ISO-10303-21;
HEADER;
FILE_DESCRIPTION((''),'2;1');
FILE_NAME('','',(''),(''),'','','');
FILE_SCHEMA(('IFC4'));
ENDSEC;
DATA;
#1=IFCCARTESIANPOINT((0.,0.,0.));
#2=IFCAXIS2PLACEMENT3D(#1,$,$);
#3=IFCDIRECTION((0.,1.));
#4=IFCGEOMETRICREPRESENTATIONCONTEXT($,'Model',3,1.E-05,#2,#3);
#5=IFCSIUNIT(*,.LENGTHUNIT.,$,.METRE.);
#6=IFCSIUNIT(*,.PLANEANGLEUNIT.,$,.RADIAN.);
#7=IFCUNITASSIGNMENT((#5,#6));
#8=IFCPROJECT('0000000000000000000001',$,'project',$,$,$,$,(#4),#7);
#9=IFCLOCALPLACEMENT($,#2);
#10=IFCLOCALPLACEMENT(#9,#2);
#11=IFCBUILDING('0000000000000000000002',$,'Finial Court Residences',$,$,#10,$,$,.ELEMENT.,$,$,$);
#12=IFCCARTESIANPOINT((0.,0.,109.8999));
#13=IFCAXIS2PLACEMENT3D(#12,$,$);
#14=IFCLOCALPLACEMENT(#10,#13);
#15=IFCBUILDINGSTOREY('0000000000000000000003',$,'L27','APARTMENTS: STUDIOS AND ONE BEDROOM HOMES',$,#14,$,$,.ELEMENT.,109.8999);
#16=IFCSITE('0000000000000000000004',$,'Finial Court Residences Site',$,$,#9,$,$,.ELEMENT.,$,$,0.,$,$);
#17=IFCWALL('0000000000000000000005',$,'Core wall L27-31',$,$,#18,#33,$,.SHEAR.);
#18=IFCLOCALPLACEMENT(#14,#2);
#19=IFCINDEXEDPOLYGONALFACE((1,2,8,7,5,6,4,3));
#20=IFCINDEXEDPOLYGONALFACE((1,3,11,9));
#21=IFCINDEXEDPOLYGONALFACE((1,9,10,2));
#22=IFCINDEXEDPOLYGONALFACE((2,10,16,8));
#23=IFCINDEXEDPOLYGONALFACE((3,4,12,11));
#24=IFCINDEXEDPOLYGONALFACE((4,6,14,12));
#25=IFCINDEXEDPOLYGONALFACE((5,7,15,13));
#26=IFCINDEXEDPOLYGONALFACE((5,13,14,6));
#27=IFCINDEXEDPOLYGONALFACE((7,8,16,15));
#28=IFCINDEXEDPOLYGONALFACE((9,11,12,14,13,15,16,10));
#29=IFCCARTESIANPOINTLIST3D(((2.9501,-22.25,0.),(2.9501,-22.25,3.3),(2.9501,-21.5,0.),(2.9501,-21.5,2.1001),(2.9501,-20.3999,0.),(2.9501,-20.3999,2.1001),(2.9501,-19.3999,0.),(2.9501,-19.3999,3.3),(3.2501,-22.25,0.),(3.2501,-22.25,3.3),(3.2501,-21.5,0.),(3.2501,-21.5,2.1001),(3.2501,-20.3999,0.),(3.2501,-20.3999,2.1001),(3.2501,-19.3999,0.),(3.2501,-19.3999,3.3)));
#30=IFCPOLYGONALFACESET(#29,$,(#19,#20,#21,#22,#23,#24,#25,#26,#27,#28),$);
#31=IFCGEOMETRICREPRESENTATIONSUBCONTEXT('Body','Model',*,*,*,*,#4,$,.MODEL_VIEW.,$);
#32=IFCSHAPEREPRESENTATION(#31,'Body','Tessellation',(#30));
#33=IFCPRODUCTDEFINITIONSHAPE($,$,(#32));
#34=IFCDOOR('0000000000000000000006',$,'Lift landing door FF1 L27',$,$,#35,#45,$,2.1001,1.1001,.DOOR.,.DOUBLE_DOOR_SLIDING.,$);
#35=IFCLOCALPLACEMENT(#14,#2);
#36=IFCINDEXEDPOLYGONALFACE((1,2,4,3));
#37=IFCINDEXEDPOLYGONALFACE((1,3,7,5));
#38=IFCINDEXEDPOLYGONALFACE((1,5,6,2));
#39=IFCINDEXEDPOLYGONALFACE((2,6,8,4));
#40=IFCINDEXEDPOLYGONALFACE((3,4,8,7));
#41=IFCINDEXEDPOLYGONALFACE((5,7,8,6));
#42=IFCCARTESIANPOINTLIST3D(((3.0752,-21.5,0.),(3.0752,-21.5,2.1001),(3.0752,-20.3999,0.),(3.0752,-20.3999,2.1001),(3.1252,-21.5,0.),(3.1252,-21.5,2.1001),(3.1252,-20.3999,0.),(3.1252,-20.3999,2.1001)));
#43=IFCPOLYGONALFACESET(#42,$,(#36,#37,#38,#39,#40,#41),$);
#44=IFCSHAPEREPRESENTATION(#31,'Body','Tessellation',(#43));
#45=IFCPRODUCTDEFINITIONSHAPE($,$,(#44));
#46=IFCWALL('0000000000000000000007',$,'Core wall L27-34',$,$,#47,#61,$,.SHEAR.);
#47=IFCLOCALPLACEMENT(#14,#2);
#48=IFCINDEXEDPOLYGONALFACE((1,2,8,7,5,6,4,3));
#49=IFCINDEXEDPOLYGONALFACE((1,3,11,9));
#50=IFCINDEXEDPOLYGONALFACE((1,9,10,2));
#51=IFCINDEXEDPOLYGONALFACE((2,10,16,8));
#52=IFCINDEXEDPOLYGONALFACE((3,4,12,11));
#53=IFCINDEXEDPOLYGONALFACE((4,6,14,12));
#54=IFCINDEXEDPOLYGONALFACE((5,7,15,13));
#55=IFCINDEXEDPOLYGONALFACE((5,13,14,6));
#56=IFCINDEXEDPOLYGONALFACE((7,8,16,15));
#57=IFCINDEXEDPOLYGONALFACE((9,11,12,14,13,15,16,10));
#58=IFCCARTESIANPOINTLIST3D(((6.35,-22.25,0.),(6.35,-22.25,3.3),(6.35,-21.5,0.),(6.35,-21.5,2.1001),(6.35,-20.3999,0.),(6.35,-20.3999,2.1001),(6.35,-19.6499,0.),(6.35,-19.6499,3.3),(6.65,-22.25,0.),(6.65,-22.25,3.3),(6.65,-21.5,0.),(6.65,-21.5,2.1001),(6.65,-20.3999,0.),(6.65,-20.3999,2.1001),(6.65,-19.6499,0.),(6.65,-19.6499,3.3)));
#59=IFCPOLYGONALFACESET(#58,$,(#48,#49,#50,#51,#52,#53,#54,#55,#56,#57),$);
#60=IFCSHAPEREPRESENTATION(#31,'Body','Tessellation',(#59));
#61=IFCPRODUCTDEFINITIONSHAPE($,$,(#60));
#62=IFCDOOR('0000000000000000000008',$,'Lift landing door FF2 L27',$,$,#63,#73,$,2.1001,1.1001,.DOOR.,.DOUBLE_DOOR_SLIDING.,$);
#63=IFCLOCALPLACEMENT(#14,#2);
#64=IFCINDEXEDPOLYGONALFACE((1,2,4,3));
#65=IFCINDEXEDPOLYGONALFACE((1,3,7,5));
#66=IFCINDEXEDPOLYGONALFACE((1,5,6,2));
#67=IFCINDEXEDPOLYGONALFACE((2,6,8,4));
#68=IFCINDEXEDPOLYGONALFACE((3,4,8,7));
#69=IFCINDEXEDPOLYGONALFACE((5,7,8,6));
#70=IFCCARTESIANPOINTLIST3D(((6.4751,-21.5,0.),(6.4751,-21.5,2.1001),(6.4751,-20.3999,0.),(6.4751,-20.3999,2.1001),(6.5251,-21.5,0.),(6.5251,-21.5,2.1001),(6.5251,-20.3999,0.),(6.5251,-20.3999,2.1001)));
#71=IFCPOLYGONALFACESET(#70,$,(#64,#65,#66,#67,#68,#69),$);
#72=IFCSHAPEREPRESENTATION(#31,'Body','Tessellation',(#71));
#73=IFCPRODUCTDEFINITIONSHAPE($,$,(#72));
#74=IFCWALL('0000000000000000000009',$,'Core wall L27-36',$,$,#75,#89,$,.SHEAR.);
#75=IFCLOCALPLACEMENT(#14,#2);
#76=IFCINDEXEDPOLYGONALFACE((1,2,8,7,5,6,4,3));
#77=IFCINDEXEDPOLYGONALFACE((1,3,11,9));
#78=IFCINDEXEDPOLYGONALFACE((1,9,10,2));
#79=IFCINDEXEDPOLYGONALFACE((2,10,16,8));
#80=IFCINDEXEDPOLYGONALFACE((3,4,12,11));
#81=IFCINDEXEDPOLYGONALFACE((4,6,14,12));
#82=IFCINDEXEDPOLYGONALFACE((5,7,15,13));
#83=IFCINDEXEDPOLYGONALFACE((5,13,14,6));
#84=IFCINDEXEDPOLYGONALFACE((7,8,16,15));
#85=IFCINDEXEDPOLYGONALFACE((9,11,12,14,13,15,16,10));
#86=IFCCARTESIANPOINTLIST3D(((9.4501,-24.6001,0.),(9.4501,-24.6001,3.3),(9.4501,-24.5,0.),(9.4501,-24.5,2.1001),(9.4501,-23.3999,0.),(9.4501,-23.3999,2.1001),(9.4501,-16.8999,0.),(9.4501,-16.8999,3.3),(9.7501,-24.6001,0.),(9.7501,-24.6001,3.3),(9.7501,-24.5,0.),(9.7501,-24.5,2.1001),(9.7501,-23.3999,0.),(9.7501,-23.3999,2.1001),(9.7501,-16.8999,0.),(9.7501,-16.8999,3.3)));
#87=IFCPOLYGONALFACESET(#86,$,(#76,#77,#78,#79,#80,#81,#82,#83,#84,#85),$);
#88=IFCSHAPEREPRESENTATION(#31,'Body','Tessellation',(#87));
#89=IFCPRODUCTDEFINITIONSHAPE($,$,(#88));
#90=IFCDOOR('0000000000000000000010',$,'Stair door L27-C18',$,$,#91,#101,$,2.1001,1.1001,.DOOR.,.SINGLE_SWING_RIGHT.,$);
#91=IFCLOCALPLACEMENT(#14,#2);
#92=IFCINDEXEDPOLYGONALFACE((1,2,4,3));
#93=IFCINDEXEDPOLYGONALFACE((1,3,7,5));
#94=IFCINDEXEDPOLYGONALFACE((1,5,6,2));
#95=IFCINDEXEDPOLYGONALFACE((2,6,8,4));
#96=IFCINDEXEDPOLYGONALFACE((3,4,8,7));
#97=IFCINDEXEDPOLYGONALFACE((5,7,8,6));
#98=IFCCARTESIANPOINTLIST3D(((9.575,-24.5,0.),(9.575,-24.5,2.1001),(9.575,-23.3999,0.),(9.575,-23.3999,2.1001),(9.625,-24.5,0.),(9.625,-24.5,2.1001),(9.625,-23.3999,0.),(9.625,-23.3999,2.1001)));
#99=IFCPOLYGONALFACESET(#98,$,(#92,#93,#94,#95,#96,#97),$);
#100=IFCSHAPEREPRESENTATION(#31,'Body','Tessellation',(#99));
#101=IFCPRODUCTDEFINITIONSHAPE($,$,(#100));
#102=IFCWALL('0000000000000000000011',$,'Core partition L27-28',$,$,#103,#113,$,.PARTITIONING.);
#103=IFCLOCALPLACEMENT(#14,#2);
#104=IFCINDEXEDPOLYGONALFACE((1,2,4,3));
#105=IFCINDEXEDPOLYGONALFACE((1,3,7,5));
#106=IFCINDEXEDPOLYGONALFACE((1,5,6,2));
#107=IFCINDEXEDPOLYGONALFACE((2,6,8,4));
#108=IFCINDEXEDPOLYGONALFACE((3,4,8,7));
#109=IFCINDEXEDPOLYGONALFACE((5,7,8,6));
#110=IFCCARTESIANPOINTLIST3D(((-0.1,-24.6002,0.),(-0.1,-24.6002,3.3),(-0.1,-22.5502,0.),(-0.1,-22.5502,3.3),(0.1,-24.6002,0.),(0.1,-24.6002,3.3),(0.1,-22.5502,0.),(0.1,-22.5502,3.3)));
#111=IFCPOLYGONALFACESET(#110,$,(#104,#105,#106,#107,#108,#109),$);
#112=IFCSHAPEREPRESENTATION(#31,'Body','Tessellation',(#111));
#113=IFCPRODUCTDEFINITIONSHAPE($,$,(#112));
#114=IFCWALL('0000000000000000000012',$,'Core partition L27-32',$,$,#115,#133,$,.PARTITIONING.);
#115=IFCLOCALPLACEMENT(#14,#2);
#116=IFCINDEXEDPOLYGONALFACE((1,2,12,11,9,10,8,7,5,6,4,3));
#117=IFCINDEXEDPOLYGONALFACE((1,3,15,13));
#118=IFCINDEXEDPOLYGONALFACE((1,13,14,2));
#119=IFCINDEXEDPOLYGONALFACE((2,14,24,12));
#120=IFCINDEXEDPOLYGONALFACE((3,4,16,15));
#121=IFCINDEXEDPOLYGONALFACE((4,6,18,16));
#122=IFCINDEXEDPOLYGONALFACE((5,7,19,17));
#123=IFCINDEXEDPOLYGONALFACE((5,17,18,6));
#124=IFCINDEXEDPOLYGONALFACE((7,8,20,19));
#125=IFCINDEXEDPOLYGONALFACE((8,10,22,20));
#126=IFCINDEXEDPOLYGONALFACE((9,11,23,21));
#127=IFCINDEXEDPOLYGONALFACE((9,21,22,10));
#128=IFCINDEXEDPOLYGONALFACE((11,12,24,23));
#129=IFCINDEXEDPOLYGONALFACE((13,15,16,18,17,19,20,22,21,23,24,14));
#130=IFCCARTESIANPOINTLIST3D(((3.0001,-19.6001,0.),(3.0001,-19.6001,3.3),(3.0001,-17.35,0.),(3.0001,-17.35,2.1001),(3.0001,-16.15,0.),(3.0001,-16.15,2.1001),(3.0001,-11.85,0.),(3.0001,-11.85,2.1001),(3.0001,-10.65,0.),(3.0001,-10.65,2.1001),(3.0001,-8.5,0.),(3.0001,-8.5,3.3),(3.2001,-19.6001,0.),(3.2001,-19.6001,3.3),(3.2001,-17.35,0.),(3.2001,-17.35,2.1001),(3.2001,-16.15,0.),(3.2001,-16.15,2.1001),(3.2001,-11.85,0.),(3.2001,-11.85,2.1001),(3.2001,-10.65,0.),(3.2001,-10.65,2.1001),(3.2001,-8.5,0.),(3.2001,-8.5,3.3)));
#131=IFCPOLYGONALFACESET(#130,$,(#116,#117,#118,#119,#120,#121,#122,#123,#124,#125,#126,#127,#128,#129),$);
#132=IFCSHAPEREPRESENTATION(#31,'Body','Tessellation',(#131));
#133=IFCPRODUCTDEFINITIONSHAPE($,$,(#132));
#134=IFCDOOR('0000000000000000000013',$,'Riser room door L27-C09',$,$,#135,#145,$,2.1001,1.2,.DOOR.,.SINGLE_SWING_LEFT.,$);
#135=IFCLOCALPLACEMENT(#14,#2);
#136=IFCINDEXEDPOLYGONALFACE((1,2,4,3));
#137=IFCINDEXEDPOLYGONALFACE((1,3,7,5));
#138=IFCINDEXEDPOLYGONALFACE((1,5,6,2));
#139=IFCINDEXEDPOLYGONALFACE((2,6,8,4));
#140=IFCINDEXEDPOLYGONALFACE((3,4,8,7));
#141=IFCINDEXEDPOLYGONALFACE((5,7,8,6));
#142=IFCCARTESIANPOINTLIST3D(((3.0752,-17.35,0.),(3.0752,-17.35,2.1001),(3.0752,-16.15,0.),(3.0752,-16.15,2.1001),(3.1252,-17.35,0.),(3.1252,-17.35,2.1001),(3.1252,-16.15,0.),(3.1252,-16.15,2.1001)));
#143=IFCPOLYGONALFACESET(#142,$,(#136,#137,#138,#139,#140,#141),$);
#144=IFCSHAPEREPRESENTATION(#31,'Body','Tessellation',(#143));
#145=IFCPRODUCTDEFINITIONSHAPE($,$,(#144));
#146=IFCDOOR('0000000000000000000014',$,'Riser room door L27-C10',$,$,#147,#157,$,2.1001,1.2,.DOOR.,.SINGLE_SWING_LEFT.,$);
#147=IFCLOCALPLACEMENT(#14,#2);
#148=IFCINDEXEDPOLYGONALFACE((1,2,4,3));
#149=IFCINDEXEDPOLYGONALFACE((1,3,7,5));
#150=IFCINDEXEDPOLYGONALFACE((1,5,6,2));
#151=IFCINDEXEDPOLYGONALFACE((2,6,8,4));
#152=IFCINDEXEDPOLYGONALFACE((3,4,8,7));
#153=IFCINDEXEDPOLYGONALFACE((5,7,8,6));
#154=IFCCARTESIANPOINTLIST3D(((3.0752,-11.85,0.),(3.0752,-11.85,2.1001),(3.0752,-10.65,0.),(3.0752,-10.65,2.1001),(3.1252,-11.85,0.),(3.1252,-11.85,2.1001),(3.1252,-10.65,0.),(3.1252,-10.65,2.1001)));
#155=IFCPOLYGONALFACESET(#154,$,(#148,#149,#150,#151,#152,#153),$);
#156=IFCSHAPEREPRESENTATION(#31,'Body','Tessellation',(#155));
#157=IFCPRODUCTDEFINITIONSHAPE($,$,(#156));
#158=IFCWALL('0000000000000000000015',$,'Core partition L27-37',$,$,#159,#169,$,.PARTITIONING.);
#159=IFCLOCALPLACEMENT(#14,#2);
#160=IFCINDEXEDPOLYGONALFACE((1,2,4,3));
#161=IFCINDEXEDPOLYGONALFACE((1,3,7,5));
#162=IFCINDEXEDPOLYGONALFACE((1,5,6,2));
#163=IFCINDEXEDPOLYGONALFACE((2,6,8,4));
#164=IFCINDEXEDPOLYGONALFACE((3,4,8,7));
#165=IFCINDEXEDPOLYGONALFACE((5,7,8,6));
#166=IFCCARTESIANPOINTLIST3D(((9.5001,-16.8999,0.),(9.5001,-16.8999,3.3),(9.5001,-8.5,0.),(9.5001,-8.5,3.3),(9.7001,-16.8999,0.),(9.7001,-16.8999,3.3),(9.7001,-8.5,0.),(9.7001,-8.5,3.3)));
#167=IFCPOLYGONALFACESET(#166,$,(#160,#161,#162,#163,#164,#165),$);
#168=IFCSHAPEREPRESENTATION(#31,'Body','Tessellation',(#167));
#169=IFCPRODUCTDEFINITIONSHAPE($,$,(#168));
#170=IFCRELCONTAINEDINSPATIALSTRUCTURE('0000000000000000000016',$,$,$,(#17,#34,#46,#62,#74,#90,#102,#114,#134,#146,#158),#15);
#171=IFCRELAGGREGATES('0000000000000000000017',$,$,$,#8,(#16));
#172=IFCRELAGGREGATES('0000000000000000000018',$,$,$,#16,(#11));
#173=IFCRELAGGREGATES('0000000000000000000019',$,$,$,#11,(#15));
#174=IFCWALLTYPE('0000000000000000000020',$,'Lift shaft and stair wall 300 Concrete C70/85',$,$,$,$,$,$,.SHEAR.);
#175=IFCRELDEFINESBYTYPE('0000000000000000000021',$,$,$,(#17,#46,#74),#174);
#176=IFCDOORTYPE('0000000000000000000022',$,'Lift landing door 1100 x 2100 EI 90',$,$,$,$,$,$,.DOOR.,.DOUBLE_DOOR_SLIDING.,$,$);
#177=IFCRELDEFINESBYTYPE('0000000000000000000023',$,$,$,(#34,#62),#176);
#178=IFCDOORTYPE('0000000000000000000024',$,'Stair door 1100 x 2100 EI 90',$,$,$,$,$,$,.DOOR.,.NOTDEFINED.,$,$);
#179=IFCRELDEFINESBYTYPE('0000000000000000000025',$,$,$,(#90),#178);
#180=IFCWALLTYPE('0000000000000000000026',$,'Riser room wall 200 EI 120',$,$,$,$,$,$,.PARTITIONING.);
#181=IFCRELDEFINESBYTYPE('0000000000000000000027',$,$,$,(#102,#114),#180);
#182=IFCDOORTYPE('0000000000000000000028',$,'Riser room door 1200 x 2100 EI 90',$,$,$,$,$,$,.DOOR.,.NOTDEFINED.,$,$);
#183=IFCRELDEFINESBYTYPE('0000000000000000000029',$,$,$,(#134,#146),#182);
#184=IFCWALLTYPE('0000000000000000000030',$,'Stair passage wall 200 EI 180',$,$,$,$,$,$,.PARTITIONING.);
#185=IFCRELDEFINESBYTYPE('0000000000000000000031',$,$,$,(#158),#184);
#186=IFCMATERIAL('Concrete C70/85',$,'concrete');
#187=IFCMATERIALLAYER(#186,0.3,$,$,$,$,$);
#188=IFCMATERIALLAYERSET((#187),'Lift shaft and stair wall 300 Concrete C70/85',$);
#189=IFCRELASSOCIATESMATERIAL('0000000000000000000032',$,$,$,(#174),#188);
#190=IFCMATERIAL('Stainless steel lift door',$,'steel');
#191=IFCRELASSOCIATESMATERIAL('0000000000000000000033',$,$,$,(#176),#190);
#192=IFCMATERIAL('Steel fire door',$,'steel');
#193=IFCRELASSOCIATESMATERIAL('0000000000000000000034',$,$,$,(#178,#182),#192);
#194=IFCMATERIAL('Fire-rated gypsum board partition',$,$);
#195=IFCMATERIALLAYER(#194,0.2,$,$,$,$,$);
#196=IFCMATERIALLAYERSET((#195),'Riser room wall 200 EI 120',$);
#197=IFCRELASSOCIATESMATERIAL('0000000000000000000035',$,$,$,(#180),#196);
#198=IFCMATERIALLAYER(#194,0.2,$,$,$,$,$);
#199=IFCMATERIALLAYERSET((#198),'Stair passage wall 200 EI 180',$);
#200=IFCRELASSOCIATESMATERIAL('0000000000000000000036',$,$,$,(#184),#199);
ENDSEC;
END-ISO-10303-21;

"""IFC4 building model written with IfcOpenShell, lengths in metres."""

from ifc_helpers import new_model, si_unit, direction, frame, frame_2d, origin, place, context, subcontext, project, spatial, rectangle, extrude, material, layer, layer_set, type_object, element, fill, save


model = new_model("IFC4")

# Units and contexts
model_context = context("Model", 3, precision=1e-05, world=origin(), true_north=direction((0.0, 1.0)))
body_context = subcontext(model_context, "Body", "Model", "MODEL_VIEW")
ifc_project = project(units=[si_unit("LENGTHUNIT", "METRE"), si_unit("PLANEANGLEUNIT", "RADIAN")], contexts=[model_context])

# Site, building, storey
site_placement = place(None, origin())
site = spatial("IfcSite", under=ifc_project, at=site_placement, Name="Finial Court Residences Site", CompositionType="ELEMENT", RefElevation=0.0)
building_placement = place(site_placement, origin())
building = spatial("IfcBuilding", under=site, at=building_placement, Name="Finial Court Residences", CompositionType="ELEMENT")
storey_placement = place(building_placement, frame((0.0, 0.0, 109.8999)))
storey = spatial("IfcBuildingStorey", under=building, at=storey_placement, Name="L27", Description="APARTMENTS: STUDIOS AND ONE BEDROOM HOMES", CompositionType="ELEMENT", Elevation=109.8999)

# Shared definitions
ifc_material_1 = material(Name="Concrete C70/85", Category="concrete")

# Shared definitions
ifc_material_2 = material(Name="Fire-rated gypsum board partition")
ifc_material_3 = material(Name="Steel fire door", Category="steel")

# Shared definitions
ifc_layer_1 = layer(ifc_material_1, 0.3)
ifc_layer_set_1 = layer_set([ifc_layer_1], Name="Lift shaft and stair wall 300 Concrete C70/85")
wall_type_1 = type_object("IfcWallType", Name="Lift shaft and stair wall 300 Concrete C70/85", PredefinedType="SHEAR", material=ifc_layer_set_1)

# Walls, openings, doors
wall_1_placement = place(storey_placement, frame((3.1001, -22.25, 0.0), z_axis=(0.0, 0.0, 1.0), x_axis=(0.0, 1.0, 0.0)))
wall_1 = element("IfcWall", 1, at=wall_1_placement, inside=storey, type_object=wall_type_1, Name="Core wall L27-31", PredefinedType="SHEAR", context=body_context, shape_type="SweptSolid", body=[
    extrude(rectangle(XDim=2.8501, YDim=0.3, at=frame_2d((1.425, 0.0))), origin(), (0.0, 0.0, 1.0), 3.3),
])
opening_1_placement = place(wall_1_placement, frame((0.75, 0.0, 0.0)))
opening_1 = element("IfcOpeningElement", 2, at=opening_1_placement, cuts=wall_1, PredefinedType="OPENING", context=body_context, shape_type="SweptSolid", body=[
    extrude(rectangle(XDim=1.1001, YDim=2.1001, at=frame_2d((0.55, 1.05))), frame((0.0, 0.1599, 0.0), z_axis=(0.0, -1.0, 0.0), x_axis=(1.0, 0.0, 0.0)), (0.0, 0.0, 1.0), 0.3201),
])
ifc_material_4 = material(Name="Stainless steel lift door", Category="steel")
door_type_1 = type_object("IfcDoorType", Name="Lift landing door 1100 x 2100 EI 90", OperationType="DOUBLE_DOOR_SLIDING", PredefinedType="DOOR", material=ifc_material_4)
door_1_placement = place(opening_1_placement, origin())
door_1 = element("IfcDoor", 3, at=door_1_placement, inside=storey, type_object=door_type_1, Name="Lift landing door FF1 L27", OperationType="DOUBLE_DOOR_SLIDING", OverallHeight=2.1001, OverallWidth=1.1001, PredefinedType="DOOR", context=body_context, shape_type="SweptSolid", body=[
    extrude(rectangle(XDim=1.1001, YDim=2.1001, at=frame_2d((0.55, 1.05))), frame((0.0, 0.0249, 0.0), z_axis=(0.0, -1.0, 0.0), x_axis=(1.0, 0.0, 0.0)), (0.0, 0.0, 1.0), 0.05),
])
fill(opening_1, door_1)
wall_2_placement = place(storey_placement, frame((6.5, -22.25, 0.0), z_axis=(0.0, 0.0, 1.0), x_axis=(0.0, 1.0, 0.0)))
wall_2 = element("IfcWall", 4, at=wall_2_placement, inside=storey, type_object=wall_type_1, Name="Core wall L27-34", PredefinedType="SHEAR", context=body_context, shape_type="SweptSolid", body=[
    extrude(rectangle(XDim=2.6001, YDim=0.3, at=frame_2d((1.3, 0.0))), origin(), (0.0, 0.0, 1.0), 3.3),
])
opening_2_placement = place(wall_2_placement, frame((0.75, 0.0, 0.0)))
opening_2 = element("IfcOpeningElement", 5, at=opening_2_placement, cuts=wall_2, PredefinedType="OPENING", context=body_context, shape_type="SweptSolid", body=[
    extrude(rectangle(XDim=1.1001, YDim=2.1001, at=frame_2d((0.55, 1.05))), frame((0.0, 0.1599, 0.0), z_axis=(0.0, -1.0, 0.0), x_axis=(1.0, 0.0, 0.0)), (0.0, 0.0, 1.0), 0.3201),
])
door_2_placement = place(opening_2_placement, origin())
door_2 = element("IfcDoor", 6, at=door_2_placement, inside=storey, type_object=door_type_1, Name="Lift landing door FF2 L27", OperationType="DOUBLE_DOOR_SLIDING", OverallHeight=2.1001, OverallWidth=1.1001, PredefinedType="DOOR", context=body_context, shape_type="SweptSolid", body=[
    extrude(rectangle(XDim=1.1001, YDim=2.1001, at=frame_2d((0.55, 1.05))), frame((0.0, 0.0249, 0.0), z_axis=(0.0, -1.0, 0.0), x_axis=(1.0, 0.0, 0.0)), (0.0, 0.0, 1.0), 0.05),
])
fill(opening_2, door_2)
wall_3_placement = place(storey_placement, frame((9.6001, -16.8999, 0.0), z_axis=(0.0, 0.0, 1.0), x_axis=(0.0, -1.0, 0.0)))
wall_3 = element("IfcWall", 7, at=wall_3_placement, inside=storey, type_object=wall_type_1, Name="Core wall L27-36", PredefinedType="SHEAR", context=body_context, shape_type="SweptSolid", body=[
    extrude(rectangle(XDim=7.7002, YDim=0.3, at=frame_2d((3.8501, 0.0))), origin(), (0.0, 0.0, 1.0), 3.3),
])
opening_3_placement = place(wall_3_placement, frame((6.5, 0.0, 0.0)))
opening_3 = element("IfcOpeningElement", 8, at=opening_3_placement, cuts=wall_3, PredefinedType="OPENING", context=body_context, shape_type="SweptSolid", body=[
    extrude(rectangle(XDim=1.1001, YDim=2.1001, at=frame_2d((0.55, 1.05))), frame((0.0, 0.1599, 0.0), z_axis=(0.0, -1.0, 0.0), x_axis=(1.0, 0.0, 0.0)), (0.0, 0.0, 1.0), 0.3201),
])
door_type_2 = type_object("IfcDoorType", Name="Stair door 1100 x 2100 EI 90", OperationType="NOTDEFINED", PredefinedType="DOOR", material=ifc_material_3)
door_3_placement = place(opening_3_placement, origin())
door_3 = element("IfcDoor", 9, at=door_3_placement, inside=storey, type_object=door_type_2, Name="Stair door L27-C18", OperationType="SINGLE_SWING_RIGHT", OverallHeight=2.1001, OverallWidth=1.1001, PredefinedType="DOOR", context=body_context, shape_type="SweptSolid", body=[
    extrude(rectangle(XDim=1.1001, YDim=2.1001, at=frame_2d((0.55, 1.05))), frame((0.0, 0.0249, 0.0), z_axis=(0.0, -1.0, 0.0), x_axis=(1.0, 0.0, 0.0)), (0.0, 0.0, 1.0), 0.05),
])
fill(opening_3, door_3)

# Wall
ifc_layer_2 = layer(ifc_material_2, 0.2)
ifc_layer_set_2 = layer_set([ifc_layer_2], Name="Riser room wall 200 EI 120")
wall_type_2 = type_object("IfcWallType", Name="Riser room wall 200 EI 120", PredefinedType="PARTITIONING", material=ifc_layer_set_2)
wall_4_placement = place(storey_placement, frame((0.0, -24.6001, 0.0), z_axis=(0.0, 0.0, 1.0), x_axis=(0.0, 1.0, 0.0)))
element("IfcWall", 10, at=wall_4_placement, inside=storey, type_object=wall_type_2, Name="Core partition L27-28", PredefinedType="PARTITIONING", context=body_context, shape_type="SweptSolid", body=[
    extrude(rectangle(XDim=2.05, YDim=0.2, at=frame_2d((1.0249, 0.0))), origin(), (0.0, 0.0, 1.0), 3.3),
])

# Wall, openings, doors
wall_5_placement = place(storey_placement, frame((3.1001, -19.6001, 0.0), z_axis=(0.0, 0.0, 1.0), x_axis=(0.0, 1.0, 0.0)))
wall_5 = element("IfcWall", 11, at=wall_5_placement, inside=storey, type_object=wall_type_2, Name="Core partition L27-32", PredefinedType="PARTITIONING", context=body_context, shape_type="SweptSolid", body=[
    extrude(rectangle(XDim=11.1001, YDim=0.2, at=frame_2d((5.55, 0.0))), origin(), (0.0, 0.0, 1.0), 3.3),
])
opening_4_placement = place(wall_5_placement, frame((2.25, 0.0, 0.0)))
opening_4 = element("IfcOpeningElement", 12, at=opening_4_placement, cuts=wall_5, PredefinedType="OPENING", context=body_context, shape_type="SweptSolid", body=[
    extrude(rectangle(XDim=1.2, YDim=2.1001, at=frame_2d((0.6001, 1.05))), frame((0.0, 0.1099, 0.0), z_axis=(0.0, -1.0, 0.0), x_axis=(1.0, 0.0, 0.0)), (0.0, 0.0, 1.0), 0.22),
])
opening_5_placement = place(wall_5_placement, frame((7.75, 0.0, 0.0)))
opening_5 = element("IfcOpeningElement", 13, at=opening_5_placement, cuts=wall_5, PredefinedType="OPENING", context=body_context, shape_type="SweptSolid", body=[
    extrude(rectangle(XDim=1.2, YDim=2.1001, at=frame_2d((0.6001, 1.05))), frame((0.0, 0.1099, 0.0), z_axis=(0.0, -1.0, 0.0), x_axis=(1.0, 0.0, 0.0)), (0.0, 0.0, 1.0), 0.22),
])
door_type_3 = type_object("IfcDoorType", Name="Riser room door 1200 x 2100 EI 90", OperationType="NOTDEFINED", PredefinedType="DOOR", material=ifc_material_3)
door_4_placement = place(opening_4_placement, origin())
door_4 = element("IfcDoor", 14, at=door_4_placement, inside=storey, type_object=door_type_3, Name="Riser room door L27-C09", OperationType="SINGLE_SWING_LEFT", OverallHeight=2.1001, OverallWidth=1.2, PredefinedType="DOOR", context=body_context, shape_type="SweptSolid", body=[
    extrude(rectangle(XDim=1.2, YDim=2.1001, at=frame_2d((0.6001, 1.05))), frame((0.0, 0.0249, 0.0), z_axis=(0.0, -1.0, 0.0), x_axis=(1.0, 0.0, 0.0)), (0.0, 0.0, 1.0), 0.05),
])
fill(opening_4, door_4)
door_5_placement = place(opening_5_placement, origin())
door_5 = element("IfcDoor", 15, at=door_5_placement, inside=storey, type_object=door_type_3, Name="Riser room door L27-C10", OperationType="SINGLE_SWING_LEFT", OverallHeight=2.1001, OverallWidth=1.2, PredefinedType="DOOR", context=body_context, shape_type="SweptSolid", body=[
    extrude(rectangle(XDim=1.2, YDim=2.1001, at=frame_2d((0.6001, 1.05))), frame((0.0, 0.0249, 0.0), z_axis=(0.0, -1.0, 0.0), x_axis=(1.0, 0.0, 0.0)), (0.0, 0.0, 1.0), 0.05),
])
fill(opening_5, door_5)

# Wall
ifc_layer_3 = layer(ifc_material_2, 0.2)
ifc_layer_set_3 = layer_set([ifc_layer_3], Name="Stair passage wall 200 EI 180")
wall_type_3 = type_object("IfcWallType", Name="Stair passage wall 200 EI 180", PredefinedType="PARTITIONING", material=ifc_layer_set_3)
wall_6_placement = place(storey_placement, frame((9.6001, -16.8999, 0.0), z_axis=(0.0, 0.0, 1.0), x_axis=(0.0, 1.0, 0.0)))
element("IfcWall", 16, at=wall_6_placement, inside=storey, type_object=wall_type_3, Name="Core partition L27-37", PredefinedType="PARTITIONING", context=body_context, shape_type="SweptSolid", body=[
    extrude(rectangle(XDim=8.3999, YDim=0.2, at=frame_2d((4.2, 0.0))), origin(), (0.0, 0.0, 1.0), 3.3),
])

save(model, "model.ifc")
